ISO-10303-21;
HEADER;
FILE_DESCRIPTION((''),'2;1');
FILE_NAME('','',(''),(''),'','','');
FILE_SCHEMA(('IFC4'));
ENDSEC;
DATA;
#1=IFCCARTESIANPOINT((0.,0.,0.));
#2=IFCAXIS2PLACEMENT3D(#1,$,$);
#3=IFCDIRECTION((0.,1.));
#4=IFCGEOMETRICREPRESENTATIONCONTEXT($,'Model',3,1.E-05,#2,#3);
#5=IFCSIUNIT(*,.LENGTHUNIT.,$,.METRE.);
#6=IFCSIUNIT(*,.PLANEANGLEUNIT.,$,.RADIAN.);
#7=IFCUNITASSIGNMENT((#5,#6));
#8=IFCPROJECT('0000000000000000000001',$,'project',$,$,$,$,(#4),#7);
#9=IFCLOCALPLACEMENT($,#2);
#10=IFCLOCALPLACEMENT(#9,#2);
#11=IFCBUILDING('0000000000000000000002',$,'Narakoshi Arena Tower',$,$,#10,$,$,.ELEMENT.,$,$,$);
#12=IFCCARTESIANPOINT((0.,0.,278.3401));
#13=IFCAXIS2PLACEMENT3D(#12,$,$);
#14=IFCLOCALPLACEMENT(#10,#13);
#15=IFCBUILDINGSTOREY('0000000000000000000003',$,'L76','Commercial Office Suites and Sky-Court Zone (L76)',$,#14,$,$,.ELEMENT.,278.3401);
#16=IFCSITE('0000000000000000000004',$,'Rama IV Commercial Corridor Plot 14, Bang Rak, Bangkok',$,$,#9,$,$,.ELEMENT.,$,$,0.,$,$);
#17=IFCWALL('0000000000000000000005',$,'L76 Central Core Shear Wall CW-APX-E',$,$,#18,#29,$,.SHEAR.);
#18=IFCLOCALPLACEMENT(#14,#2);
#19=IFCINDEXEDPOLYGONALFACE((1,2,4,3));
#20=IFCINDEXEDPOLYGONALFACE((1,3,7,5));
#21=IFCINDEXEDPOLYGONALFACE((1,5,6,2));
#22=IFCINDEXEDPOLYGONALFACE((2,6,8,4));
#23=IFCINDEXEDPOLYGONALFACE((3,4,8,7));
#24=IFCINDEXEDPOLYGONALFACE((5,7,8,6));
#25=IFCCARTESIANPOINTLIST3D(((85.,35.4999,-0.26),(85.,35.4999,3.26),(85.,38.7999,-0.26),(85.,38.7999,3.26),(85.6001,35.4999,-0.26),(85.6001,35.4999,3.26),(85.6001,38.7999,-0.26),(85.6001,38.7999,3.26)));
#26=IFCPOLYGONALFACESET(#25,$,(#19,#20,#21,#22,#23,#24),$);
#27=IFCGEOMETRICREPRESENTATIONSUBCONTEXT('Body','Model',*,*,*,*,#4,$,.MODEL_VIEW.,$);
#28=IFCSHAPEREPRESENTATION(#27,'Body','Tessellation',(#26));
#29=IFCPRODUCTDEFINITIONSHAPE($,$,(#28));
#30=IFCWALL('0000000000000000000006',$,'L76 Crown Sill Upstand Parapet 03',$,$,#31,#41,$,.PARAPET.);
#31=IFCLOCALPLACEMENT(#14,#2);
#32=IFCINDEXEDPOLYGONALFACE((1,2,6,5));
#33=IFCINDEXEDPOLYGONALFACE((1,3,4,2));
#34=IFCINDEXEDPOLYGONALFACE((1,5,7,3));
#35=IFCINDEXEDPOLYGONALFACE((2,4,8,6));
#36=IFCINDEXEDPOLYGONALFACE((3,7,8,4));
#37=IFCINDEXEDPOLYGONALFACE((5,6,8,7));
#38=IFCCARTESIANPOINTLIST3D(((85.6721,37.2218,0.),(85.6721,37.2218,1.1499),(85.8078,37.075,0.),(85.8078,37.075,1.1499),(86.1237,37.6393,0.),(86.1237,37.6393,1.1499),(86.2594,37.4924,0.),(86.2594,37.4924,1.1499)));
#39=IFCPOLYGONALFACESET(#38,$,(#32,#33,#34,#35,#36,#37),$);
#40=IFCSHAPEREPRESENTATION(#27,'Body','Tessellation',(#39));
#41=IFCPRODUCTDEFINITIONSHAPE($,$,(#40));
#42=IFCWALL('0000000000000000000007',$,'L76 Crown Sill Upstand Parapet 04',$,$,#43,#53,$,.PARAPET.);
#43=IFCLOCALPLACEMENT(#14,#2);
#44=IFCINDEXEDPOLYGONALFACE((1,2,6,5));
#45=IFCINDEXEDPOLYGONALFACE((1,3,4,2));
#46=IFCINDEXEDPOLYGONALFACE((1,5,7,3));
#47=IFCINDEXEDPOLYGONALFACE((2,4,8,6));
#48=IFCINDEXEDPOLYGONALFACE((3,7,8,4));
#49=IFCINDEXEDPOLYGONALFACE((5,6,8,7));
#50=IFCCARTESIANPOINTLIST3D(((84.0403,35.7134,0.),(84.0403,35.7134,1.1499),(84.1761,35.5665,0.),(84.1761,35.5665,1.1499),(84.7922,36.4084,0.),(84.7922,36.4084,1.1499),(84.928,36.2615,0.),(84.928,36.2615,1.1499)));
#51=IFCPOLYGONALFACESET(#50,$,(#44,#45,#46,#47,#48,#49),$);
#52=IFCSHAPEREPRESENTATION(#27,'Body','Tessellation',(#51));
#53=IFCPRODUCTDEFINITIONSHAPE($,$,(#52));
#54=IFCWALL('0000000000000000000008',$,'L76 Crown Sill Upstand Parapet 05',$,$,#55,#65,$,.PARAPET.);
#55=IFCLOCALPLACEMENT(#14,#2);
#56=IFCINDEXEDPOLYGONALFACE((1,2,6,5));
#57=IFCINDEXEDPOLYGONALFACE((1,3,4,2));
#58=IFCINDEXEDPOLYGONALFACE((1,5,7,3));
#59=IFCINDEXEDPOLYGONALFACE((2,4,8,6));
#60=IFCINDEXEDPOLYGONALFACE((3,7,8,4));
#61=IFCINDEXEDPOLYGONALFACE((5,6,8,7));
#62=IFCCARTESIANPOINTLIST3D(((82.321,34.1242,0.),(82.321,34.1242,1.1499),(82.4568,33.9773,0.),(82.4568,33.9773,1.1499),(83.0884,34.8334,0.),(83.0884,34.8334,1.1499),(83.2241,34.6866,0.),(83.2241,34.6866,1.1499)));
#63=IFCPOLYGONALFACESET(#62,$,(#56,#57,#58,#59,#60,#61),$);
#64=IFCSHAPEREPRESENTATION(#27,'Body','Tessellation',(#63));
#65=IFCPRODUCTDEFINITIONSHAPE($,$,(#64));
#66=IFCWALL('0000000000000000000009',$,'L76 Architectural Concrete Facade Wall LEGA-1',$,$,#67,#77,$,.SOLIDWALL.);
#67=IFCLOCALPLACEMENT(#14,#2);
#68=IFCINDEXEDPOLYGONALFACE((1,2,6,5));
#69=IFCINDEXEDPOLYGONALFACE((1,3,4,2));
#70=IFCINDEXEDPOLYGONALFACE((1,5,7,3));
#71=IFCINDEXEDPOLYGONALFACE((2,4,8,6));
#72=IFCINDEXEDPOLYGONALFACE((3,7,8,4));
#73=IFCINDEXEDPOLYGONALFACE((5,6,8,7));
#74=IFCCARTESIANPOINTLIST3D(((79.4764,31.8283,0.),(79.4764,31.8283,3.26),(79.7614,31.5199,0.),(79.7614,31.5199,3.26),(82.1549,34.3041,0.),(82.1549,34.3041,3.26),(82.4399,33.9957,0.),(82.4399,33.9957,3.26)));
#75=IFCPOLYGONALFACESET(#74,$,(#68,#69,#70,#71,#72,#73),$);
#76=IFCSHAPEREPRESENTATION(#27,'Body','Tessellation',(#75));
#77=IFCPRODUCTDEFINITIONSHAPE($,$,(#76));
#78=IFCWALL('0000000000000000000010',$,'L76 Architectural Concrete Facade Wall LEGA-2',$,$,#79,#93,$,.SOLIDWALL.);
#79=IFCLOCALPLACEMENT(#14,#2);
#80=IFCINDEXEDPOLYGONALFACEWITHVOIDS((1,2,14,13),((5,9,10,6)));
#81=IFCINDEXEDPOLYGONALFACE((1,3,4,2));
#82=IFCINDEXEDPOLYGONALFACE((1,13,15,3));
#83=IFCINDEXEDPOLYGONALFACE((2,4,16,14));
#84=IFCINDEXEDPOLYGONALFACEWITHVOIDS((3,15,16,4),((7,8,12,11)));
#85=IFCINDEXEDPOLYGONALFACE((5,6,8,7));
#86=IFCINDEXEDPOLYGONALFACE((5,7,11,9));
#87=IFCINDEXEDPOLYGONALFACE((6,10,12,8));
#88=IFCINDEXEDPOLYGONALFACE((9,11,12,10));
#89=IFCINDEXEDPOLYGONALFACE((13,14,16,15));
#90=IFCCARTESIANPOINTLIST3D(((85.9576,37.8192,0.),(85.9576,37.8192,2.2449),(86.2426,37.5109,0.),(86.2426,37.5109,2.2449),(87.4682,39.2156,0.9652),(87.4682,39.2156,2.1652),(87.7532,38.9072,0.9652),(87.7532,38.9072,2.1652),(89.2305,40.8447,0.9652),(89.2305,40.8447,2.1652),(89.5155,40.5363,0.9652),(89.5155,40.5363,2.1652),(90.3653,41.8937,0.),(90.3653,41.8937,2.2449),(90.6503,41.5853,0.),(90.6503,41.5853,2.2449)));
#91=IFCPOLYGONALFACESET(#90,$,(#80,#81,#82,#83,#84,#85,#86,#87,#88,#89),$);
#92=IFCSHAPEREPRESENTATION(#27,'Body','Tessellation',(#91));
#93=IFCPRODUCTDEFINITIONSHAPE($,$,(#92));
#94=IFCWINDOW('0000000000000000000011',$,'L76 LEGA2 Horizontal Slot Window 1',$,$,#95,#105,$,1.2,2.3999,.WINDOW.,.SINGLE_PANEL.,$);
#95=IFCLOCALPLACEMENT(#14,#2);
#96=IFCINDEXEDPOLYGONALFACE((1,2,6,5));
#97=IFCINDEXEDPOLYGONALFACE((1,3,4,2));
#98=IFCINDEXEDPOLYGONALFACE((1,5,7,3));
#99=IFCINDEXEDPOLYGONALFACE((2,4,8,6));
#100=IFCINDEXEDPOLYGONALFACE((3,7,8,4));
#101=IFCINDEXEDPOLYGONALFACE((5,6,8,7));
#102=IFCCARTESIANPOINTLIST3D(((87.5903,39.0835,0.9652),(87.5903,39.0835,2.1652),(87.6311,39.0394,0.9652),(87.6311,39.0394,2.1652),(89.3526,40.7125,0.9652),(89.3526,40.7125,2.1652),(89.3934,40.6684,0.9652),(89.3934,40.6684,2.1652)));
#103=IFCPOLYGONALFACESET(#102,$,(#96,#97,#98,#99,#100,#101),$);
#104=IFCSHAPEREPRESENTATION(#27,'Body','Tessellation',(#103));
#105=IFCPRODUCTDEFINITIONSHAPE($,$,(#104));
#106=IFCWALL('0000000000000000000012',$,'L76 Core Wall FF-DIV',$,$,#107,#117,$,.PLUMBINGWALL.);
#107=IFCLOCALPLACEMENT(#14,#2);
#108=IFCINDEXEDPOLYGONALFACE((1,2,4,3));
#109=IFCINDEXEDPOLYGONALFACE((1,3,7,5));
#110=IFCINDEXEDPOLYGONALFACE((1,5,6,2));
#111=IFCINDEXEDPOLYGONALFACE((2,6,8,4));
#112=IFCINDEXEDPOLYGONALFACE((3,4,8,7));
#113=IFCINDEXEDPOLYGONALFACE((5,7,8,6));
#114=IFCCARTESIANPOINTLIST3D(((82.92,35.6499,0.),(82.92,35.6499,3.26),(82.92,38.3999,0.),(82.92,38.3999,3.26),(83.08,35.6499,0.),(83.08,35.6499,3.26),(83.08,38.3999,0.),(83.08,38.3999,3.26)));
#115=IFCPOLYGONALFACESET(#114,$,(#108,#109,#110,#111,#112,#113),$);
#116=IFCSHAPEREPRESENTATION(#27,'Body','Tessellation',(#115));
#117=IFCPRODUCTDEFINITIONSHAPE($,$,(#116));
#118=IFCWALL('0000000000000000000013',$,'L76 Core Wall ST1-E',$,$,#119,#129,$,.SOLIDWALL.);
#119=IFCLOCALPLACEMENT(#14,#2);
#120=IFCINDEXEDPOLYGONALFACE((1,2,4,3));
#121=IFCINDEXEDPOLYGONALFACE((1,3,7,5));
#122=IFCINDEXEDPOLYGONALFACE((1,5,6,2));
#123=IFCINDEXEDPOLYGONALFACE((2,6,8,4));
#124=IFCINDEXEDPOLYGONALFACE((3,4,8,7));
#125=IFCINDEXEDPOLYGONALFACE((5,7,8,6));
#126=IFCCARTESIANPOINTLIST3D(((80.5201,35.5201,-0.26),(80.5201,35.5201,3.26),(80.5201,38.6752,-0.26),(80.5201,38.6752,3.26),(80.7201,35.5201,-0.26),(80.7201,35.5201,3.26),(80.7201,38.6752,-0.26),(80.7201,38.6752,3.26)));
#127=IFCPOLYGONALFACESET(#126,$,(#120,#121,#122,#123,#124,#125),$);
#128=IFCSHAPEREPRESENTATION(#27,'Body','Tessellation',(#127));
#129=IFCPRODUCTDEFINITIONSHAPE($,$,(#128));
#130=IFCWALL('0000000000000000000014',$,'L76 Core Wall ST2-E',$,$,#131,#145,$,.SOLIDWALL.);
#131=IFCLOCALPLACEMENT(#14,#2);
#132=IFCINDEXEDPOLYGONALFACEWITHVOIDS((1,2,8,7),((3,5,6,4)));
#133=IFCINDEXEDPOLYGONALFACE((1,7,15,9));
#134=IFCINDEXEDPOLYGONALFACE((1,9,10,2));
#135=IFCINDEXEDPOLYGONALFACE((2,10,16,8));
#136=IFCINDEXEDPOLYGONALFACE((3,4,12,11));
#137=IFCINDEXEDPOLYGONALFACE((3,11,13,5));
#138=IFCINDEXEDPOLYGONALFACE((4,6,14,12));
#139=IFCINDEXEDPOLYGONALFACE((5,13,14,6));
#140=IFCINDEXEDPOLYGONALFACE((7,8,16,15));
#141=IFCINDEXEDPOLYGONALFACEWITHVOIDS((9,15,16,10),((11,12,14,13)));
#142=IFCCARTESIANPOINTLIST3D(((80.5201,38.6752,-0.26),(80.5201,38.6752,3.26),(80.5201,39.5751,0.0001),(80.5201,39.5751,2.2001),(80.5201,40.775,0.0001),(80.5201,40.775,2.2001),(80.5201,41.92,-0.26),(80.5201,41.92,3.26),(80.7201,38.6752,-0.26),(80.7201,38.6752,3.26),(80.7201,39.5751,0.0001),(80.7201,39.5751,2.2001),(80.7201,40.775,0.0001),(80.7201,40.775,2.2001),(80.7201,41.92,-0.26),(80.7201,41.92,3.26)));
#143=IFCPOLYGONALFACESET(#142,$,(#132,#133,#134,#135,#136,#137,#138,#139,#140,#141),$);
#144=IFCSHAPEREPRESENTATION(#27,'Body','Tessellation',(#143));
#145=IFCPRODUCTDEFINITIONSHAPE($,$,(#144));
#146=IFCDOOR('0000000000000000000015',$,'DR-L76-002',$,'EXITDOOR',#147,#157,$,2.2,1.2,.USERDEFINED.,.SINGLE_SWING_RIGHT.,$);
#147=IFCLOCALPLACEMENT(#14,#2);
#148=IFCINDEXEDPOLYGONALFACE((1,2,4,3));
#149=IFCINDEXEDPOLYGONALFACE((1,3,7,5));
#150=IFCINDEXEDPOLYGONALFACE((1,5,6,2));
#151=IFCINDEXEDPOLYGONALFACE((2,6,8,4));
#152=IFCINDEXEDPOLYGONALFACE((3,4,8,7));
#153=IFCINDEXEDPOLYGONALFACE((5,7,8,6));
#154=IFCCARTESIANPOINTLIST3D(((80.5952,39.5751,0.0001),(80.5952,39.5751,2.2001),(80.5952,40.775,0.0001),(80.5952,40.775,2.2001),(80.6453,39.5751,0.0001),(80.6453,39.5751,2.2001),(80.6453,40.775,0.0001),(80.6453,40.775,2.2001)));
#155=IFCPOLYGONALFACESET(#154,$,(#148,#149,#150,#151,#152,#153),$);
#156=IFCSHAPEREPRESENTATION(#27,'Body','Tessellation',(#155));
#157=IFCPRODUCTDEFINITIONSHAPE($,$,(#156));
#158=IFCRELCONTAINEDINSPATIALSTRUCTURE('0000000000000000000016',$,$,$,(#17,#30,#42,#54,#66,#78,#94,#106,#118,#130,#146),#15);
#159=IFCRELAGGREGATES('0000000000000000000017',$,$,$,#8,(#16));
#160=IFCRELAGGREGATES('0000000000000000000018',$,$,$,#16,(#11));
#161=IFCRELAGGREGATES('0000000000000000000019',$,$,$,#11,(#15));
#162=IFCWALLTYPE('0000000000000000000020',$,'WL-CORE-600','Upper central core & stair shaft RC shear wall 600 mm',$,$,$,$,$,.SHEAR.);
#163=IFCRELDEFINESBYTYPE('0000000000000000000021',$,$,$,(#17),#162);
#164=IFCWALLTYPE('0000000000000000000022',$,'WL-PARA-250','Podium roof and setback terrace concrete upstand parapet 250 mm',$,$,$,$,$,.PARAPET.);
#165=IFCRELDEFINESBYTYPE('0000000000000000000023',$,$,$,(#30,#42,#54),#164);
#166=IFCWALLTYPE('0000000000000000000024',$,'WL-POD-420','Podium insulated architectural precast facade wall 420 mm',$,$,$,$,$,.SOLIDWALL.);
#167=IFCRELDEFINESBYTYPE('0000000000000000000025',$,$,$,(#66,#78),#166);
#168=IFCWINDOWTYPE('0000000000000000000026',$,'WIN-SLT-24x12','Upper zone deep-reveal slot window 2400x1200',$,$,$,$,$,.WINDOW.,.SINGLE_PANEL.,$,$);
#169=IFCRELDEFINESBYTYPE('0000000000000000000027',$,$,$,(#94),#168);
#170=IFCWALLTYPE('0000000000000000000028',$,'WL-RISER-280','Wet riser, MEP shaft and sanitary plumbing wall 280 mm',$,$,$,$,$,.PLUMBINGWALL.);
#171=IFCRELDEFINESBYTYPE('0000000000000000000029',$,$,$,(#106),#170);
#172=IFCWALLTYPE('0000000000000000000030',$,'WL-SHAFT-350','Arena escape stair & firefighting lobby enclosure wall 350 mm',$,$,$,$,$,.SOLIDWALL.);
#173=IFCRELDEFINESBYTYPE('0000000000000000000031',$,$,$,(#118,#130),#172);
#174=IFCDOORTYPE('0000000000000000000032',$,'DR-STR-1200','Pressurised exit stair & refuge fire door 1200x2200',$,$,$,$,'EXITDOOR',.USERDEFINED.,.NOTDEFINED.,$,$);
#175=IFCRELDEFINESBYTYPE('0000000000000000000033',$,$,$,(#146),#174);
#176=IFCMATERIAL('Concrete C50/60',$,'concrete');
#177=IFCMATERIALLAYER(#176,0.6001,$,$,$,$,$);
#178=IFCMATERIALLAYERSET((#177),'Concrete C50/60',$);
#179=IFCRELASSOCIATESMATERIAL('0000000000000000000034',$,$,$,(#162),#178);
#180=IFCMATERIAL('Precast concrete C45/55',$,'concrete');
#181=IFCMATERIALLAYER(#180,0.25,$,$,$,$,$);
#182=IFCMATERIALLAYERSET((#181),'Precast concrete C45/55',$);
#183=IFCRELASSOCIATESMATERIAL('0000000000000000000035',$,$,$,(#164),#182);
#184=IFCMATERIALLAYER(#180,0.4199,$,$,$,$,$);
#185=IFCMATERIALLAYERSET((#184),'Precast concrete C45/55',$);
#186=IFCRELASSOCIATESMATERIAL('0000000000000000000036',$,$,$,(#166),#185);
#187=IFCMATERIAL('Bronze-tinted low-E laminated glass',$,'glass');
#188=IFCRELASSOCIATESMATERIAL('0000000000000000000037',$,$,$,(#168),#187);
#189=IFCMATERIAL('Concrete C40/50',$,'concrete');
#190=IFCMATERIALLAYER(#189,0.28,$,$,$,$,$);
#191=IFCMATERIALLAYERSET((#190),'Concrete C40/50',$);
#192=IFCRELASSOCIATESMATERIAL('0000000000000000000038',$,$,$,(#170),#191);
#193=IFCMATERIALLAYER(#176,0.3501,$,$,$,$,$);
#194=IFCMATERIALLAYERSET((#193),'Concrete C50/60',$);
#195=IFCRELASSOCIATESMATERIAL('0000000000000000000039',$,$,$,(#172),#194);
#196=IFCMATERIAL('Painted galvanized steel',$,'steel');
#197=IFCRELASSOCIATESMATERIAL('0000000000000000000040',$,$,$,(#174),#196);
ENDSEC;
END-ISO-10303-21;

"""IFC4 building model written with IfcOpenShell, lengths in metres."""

from ifc_helpers import new_model, si_unit, direction, frame, frame_2d, origin, place, context, subcontext, project, spatial, rectangle, extrude, material, layer, layer_set, type_object, element, fill, save


model = new_model("IFC4")

# Units and contexts
model_context = context("Model", 3, precision=1e-05, world=origin(), true_north=direction((0.0, 1.0)))
body_context = subcontext(model_context, "Body", "Model", "MODEL_VIEW")
ifc_project = project(units=[si_unit("LENGTHUNIT", "METRE"), si_unit("PLANEANGLEUNIT", "RADIAN")], contexts=[model_context])

# Site, building, storey
site_placement = place(None, origin())
site = spatial("IfcSite", under=ifc_project, at=site_placement, Name="Rama IV Commercial Corridor Plot 14, Bang Rak, Bangkok", CompositionType="ELEMENT", RefElevation=0.0)
building_placement = place(site_placement, origin())
building = spatial("IfcBuilding", under=site, at=building_placement, Name="Narakoshi Arena Tower", CompositionType="ELEMENT")
storey_placement = place(building_placement, frame((0.0, 0.0, 278.3401)))
storey = spatial("IfcBuildingStorey", under=building, at=storey_placement, Name="L76", Description="Commercial Office Suites and Sky-Court Zone (L76)", CompositionType="ELEMENT", Elevation=278.3401)

# Walls
ifc_material_1 = material(Name="Concrete C50/60", Category="concrete")
ifc_layer_1 = layer(ifc_material_1, 0.6001)
ifc_layer_set_1 = layer_set([ifc_layer_1], Name="Concrete C50/60")
wall_type_1 = type_object("IfcWallType", Name="WL-CORE-600", Description="Upper central core & stair shaft RC shear wall 600 mm", PredefinedType="SHEAR", material=ifc_layer_set_1)
wall_1_placement = place(storey_placement, frame((85.3, 35.5, -0.26), z_axis=(0.0, 0.0, 1.0), x_axis=(0.0, 1.0, 0.0)))
element("IfcWall", 1, at=wall_1_placement, inside=storey, type_object=wall_type_1, Name="L76 Central Core Shear Wall CW-APX-E", PredefinedType="SHEAR", context=body_context, shape_type="SweptSolid", body=[
    extrude(rectangle(XDim=3.3, YDim=0.6001, at=frame_2d((1.6499, 0.0))), origin(), (0.0, 0.0, 1.0), 3.52),
])
ifc_material_2 = material(Name="Precast concrete C45/55", Category="concrete")
ifc_layer_2 = layer(ifc_material_2, 0.25)
ifc_layer_set_2 = layer_set([ifc_layer_2], Name="Precast concrete C45/55")
wall_type_2 = type_object("IfcWallType", Name="WL-PARA-250", Description="Podium roof and setback terrace concrete upstand parapet 250 mm", PredefinedType="PARAPET", material=ifc_layer_set_2)
wall_2_placement = place(storey_placement, frame((86.1917, 37.5659, 0.0), z_axis=(0.0, 0.0, 1.0), x_axis=(-0.734347, -0.678775, 0.0)))
element("IfcWall", 2, at=wall_2_placement, inside=storey, type_object=wall_type_2, Name="L76 Crown Sill Upstand Parapet 03", PredefinedType="PARAPET", context=body_context, shape_type="SweptSolid", body=[
    extrude(rectangle(XDim=0.615, YDim=0.2, at=frame_2d((0.3076, 0.0))), origin(), (0.0, 0.0, 1.0), 1.1499),
])
wall_3_placement = place(storey_placement, frame((84.8601, 36.335, 0.0), z_axis=(0.0, 0.0, 1.0), x_axis=(-0.734337, -0.678785, 0.0)))
element("IfcWall", 3, at=wall_3_placement, inside=storey, type_object=wall_type_2, Name="L76 Crown Sill Upstand Parapet 04", PredefinedType="PARAPET", context=body_context, shape_type="SweptSolid", body=[
    extrude(rectangle(XDim=1.0239, YDim=0.2, at=frame_2d((0.512, 0.0))), origin(), (0.0, 0.0, 1.0), 1.1499),
])
wall_4_placement = place(storey_placement, frame((83.1562, 34.76, 0.0), z_axis=(0.0, 0.0, 1.0), x_axis=(-0.734364, -0.678755, 0.0)))
element("IfcWall", 4, at=wall_4_placement, inside=storey, type_object=wall_type_2, Name="L76 Crown Sill Upstand Parapet 05", PredefinedType="PARAPET", context=body_context, shape_type="SweptSolid", body=[
    extrude(rectangle(XDim=1.0449, YDim=0.2, at=frame_2d((0.5225, 0.0))), origin(), (0.0, 0.0, 1.0), 1.1499),
])
ifc_layer_3 = layer(ifc_material_2, 0.4199)
ifc_layer_set_3 = layer_set([ifc_layer_3], Name="Precast concrete C45/55")
wall_type_3 = type_object("IfcWallType", Name="WL-POD-420", Description="Podium insulated architectural precast facade wall 420 mm", PredefinedType="SOLIDWALL", material=ifc_layer_set_3)
wall_5_placement = place(storey_placement, frame((79.6189, 31.6741, 0.0), z_axis=(0.0, 0.0, 1.0), x_axis=(0.734339, 0.678783, 0.0)))
element("IfcWall", 5, at=wall_5_placement, inside=storey, type_object=wall_type_3, Name="L76 Architectural Concrete Facade Wall LEGA-1", PredefinedType="SOLIDWALL", context=body_context, shape_type="SweptSolid", body=[
    extrude(rectangle(XDim=3.6475, YDim=0.4199, at=frame_2d((1.8237, 0.0))), origin(), (0.0, 0.0, 1.0), 3.26),
])

# Wall, opening, window
wall_6_placement = place(storey_placement, frame((86.1001, 37.665, 0.0), z_axis=(0.0, 0.0, 1.0), x_axis=(0.734321, 0.678802, 0.0)))
wall_6 = element("IfcWall", 6, at=wall_6_placement, inside=storey, type_object=wall_type_3, Name="L76 Architectural Concrete Facade Wall LEGA-2", PredefinedType="SOLIDWALL", context=body_context, shape_type="SweptSolid", body=[
    extrude(rectangle(XDim=6.0024, YDim=0.4199, at=frame_2d((3.0012, 0.0))), origin(), (0.0, 0.0, 1.0), 2.2449),
])
opening_1_placement = place(wall_6_placement, frame((2.0571, 0.0, 0.9651)))
opening_1 = element("IfcOpeningElement", 7, at=opening_1_placement, cuts=wall_6, PredefinedType="OPENING", context=body_context, shape_type="SweptSolid", body=[
    extrude(rectangle(XDim=2.3999, YDim=1.2, at=frame_2d((1.2, 0.6001))), frame((0.0, 0.22, 0.0), z_axis=(0.0, -1.0, 0.0), x_axis=(1.0, 0.0, 0.0)), (0.0, 0.0, 1.0), 0.4399),
])
ifc_material_3 = material(Name="Bronze-tinted low-E laminated glass", Category="glass")
window_type = type_object("IfcWindowType", Name="WIN-SLT-24x12", Description="Upper zone deep-reveal slot window 2400x1200", PartitioningType="SINGLE_PANEL", PredefinedType="WINDOW", material=ifc_material_3)
window_placement = place(opening_1_placement, origin())
window = element("IfcWindow", 8, at=window_placement, inside=storey, type_object=window_type, Name="L76 LEGA2 Horizontal Slot Window 1", OverallHeight=1.2, OverallWidth=2.3999, PartitioningType="SINGLE_PANEL", PredefinedType="WINDOW", context=body_context, shape_type="SweptSolid", body=[
    extrude(rectangle(XDim=2.3999, YDim=1.2, at=frame_2d((1.2, 0.6001))), frame((0.0, 0.03, 0.0), z_axis=(0.0, -1.0, 0.0), x_axis=(1.0, 0.0, 0.0)), (0.0, 0.0, 1.0), 0.0601),
])
fill(opening_1, window)

# Walls
ifc_material_4 = material(Name="Concrete C40/50", Category="concrete")
ifc_layer_4 = layer(ifc_material_4, 0.28)
ifc_layer_set_4 = layer_set([ifc_layer_4], Name="Concrete C40/50")
wall_type_4 = type_object("IfcWallType", Name="WL-RISER-280", Description="Wet riser, MEP shaft and sanitary plumbing wall 280 mm", PredefinedType="PLUMBINGWALL", material=ifc_layer_set_4)
wall_7_placement = place(storey_placement, frame((83.0, 35.6499, 0.0), z_axis=(0.0, 0.0, 1.0), x_axis=(0.0, 1.0, 0.0)))
element("IfcWall", 9, at=wall_7_placement, inside=storey, type_object=wall_type_4, Name="L76 Core Wall FF-DIV", PredefinedType="PLUMBINGWALL", context=body_context, shape_type="SweptSolid", body=[
    extrude(rectangle(XDim=2.75, YDim=0.1599, at=frame_2d((1.375, 0.0))), origin(), (0.0, 0.0, 1.0), 3.26),
])
ifc_layer_5 = layer(ifc_material_1, 0.3501)
ifc_layer_set_5 = layer_set([ifc_layer_5], Name="Concrete C50/60")
wall_type_5 = type_object("IfcWallType", Name="WL-SHAFT-350", Description="Arena escape stair & firefighting lobby enclosure wall 350 mm", PredefinedType="SOLIDWALL", material=ifc_layer_set_5)
wall_8_placement = place(storey_placement, frame((80.6201, 35.52, -0.26), z_axis=(0.0, 0.0, 1.0), x_axis=(0.0, 1.0, 0.0)))
element("IfcWall", 10, at=wall_8_placement, inside=storey, type_object=wall_type_5, Name="L76 Core Wall ST1-E", PredefinedType="SOLIDWALL", context=body_context, shape_type="SweptSolid", body=[
    extrude(rectangle(XDim=3.155, YDim=0.2, at=frame_2d((1.5776, 0.0))), origin(), (0.0, 0.0, 1.0), 3.52),
])

# Wall, opening, door
wall_9_placement = place(storey_placement, frame((80.6201, 38.675, -0.26), z_axis=(0.0, 0.0, 1.0), x_axis=(0.0, 1.0, 0.0)))
wall_9 = element("IfcWall", 11, at=wall_9_placement, inside=storey, type_object=wall_type_5, Name="L76 Core Wall ST2-E", PredefinedType="SOLIDWALL", context=body_context, shape_type="SweptSolid", body=[
    extrude(rectangle(XDim=3.2449, YDim=0.2, at=frame_2d((1.6226, 0.0))), origin(), (0.0, 0.0, 1.0), 3.52),
])
opening_2_placement = place(wall_9_placement, frame((0.8999, 0.0, 0.26)))
opening_2 = element("IfcOpeningElement", 12, at=opening_2_placement, cuts=wall_9, PredefinedType="OPENING", context=body_context, shape_type="SweptSolid", body=[
    extrude(rectangle(XDim=1.2, YDim=2.2, at=frame_2d((0.6001, 1.1001))), frame((0.0, 0.1099, 0.0), z_axis=(0.0, -1.0, 0.0), x_axis=(1.0, 0.0, 0.0)), (0.0, 0.0, 1.0), 0.22),
])
ifc_material_5 = material(Name="Painted galvanized steel", Category="steel")
door_type_1 = type_object("IfcDoorType", Name="DR-STR-1200", Description="Pressurised exit stair & refuge fire door 1200x2200", ElementType="EXITDOOR", OperationType="NOTDEFINED", PredefinedType="USERDEFINED", material=ifc_material_5)
door_1_placement = place(opening_2_placement, origin())
door_1 = element("IfcDoor", 13, at=door_1_placement, inside=storey, type_object=door_type_1, Name="DR-L76-002", ObjectType="EXITDOOR", OperationType="SINGLE_SWING_RIGHT", OverallHeight=2.2, OverallWidth=1.2, PredefinedType="USERDEFINED", context=body_context, shape_type="SweptSolid", body=[
    extrude(rectangle(XDim=1.2, YDim=2.2, at=frame_2d((0.6001, 1.1001))), frame((0.0, 0.0249, 0.0), z_axis=(0.0, -1.0, 0.0), x_axis=(1.0, 0.0, 0.0)), (0.0, 0.0, 1.0), 0.05),
])
fill(opening_2, door_1)

save(model, "model.ifc")
